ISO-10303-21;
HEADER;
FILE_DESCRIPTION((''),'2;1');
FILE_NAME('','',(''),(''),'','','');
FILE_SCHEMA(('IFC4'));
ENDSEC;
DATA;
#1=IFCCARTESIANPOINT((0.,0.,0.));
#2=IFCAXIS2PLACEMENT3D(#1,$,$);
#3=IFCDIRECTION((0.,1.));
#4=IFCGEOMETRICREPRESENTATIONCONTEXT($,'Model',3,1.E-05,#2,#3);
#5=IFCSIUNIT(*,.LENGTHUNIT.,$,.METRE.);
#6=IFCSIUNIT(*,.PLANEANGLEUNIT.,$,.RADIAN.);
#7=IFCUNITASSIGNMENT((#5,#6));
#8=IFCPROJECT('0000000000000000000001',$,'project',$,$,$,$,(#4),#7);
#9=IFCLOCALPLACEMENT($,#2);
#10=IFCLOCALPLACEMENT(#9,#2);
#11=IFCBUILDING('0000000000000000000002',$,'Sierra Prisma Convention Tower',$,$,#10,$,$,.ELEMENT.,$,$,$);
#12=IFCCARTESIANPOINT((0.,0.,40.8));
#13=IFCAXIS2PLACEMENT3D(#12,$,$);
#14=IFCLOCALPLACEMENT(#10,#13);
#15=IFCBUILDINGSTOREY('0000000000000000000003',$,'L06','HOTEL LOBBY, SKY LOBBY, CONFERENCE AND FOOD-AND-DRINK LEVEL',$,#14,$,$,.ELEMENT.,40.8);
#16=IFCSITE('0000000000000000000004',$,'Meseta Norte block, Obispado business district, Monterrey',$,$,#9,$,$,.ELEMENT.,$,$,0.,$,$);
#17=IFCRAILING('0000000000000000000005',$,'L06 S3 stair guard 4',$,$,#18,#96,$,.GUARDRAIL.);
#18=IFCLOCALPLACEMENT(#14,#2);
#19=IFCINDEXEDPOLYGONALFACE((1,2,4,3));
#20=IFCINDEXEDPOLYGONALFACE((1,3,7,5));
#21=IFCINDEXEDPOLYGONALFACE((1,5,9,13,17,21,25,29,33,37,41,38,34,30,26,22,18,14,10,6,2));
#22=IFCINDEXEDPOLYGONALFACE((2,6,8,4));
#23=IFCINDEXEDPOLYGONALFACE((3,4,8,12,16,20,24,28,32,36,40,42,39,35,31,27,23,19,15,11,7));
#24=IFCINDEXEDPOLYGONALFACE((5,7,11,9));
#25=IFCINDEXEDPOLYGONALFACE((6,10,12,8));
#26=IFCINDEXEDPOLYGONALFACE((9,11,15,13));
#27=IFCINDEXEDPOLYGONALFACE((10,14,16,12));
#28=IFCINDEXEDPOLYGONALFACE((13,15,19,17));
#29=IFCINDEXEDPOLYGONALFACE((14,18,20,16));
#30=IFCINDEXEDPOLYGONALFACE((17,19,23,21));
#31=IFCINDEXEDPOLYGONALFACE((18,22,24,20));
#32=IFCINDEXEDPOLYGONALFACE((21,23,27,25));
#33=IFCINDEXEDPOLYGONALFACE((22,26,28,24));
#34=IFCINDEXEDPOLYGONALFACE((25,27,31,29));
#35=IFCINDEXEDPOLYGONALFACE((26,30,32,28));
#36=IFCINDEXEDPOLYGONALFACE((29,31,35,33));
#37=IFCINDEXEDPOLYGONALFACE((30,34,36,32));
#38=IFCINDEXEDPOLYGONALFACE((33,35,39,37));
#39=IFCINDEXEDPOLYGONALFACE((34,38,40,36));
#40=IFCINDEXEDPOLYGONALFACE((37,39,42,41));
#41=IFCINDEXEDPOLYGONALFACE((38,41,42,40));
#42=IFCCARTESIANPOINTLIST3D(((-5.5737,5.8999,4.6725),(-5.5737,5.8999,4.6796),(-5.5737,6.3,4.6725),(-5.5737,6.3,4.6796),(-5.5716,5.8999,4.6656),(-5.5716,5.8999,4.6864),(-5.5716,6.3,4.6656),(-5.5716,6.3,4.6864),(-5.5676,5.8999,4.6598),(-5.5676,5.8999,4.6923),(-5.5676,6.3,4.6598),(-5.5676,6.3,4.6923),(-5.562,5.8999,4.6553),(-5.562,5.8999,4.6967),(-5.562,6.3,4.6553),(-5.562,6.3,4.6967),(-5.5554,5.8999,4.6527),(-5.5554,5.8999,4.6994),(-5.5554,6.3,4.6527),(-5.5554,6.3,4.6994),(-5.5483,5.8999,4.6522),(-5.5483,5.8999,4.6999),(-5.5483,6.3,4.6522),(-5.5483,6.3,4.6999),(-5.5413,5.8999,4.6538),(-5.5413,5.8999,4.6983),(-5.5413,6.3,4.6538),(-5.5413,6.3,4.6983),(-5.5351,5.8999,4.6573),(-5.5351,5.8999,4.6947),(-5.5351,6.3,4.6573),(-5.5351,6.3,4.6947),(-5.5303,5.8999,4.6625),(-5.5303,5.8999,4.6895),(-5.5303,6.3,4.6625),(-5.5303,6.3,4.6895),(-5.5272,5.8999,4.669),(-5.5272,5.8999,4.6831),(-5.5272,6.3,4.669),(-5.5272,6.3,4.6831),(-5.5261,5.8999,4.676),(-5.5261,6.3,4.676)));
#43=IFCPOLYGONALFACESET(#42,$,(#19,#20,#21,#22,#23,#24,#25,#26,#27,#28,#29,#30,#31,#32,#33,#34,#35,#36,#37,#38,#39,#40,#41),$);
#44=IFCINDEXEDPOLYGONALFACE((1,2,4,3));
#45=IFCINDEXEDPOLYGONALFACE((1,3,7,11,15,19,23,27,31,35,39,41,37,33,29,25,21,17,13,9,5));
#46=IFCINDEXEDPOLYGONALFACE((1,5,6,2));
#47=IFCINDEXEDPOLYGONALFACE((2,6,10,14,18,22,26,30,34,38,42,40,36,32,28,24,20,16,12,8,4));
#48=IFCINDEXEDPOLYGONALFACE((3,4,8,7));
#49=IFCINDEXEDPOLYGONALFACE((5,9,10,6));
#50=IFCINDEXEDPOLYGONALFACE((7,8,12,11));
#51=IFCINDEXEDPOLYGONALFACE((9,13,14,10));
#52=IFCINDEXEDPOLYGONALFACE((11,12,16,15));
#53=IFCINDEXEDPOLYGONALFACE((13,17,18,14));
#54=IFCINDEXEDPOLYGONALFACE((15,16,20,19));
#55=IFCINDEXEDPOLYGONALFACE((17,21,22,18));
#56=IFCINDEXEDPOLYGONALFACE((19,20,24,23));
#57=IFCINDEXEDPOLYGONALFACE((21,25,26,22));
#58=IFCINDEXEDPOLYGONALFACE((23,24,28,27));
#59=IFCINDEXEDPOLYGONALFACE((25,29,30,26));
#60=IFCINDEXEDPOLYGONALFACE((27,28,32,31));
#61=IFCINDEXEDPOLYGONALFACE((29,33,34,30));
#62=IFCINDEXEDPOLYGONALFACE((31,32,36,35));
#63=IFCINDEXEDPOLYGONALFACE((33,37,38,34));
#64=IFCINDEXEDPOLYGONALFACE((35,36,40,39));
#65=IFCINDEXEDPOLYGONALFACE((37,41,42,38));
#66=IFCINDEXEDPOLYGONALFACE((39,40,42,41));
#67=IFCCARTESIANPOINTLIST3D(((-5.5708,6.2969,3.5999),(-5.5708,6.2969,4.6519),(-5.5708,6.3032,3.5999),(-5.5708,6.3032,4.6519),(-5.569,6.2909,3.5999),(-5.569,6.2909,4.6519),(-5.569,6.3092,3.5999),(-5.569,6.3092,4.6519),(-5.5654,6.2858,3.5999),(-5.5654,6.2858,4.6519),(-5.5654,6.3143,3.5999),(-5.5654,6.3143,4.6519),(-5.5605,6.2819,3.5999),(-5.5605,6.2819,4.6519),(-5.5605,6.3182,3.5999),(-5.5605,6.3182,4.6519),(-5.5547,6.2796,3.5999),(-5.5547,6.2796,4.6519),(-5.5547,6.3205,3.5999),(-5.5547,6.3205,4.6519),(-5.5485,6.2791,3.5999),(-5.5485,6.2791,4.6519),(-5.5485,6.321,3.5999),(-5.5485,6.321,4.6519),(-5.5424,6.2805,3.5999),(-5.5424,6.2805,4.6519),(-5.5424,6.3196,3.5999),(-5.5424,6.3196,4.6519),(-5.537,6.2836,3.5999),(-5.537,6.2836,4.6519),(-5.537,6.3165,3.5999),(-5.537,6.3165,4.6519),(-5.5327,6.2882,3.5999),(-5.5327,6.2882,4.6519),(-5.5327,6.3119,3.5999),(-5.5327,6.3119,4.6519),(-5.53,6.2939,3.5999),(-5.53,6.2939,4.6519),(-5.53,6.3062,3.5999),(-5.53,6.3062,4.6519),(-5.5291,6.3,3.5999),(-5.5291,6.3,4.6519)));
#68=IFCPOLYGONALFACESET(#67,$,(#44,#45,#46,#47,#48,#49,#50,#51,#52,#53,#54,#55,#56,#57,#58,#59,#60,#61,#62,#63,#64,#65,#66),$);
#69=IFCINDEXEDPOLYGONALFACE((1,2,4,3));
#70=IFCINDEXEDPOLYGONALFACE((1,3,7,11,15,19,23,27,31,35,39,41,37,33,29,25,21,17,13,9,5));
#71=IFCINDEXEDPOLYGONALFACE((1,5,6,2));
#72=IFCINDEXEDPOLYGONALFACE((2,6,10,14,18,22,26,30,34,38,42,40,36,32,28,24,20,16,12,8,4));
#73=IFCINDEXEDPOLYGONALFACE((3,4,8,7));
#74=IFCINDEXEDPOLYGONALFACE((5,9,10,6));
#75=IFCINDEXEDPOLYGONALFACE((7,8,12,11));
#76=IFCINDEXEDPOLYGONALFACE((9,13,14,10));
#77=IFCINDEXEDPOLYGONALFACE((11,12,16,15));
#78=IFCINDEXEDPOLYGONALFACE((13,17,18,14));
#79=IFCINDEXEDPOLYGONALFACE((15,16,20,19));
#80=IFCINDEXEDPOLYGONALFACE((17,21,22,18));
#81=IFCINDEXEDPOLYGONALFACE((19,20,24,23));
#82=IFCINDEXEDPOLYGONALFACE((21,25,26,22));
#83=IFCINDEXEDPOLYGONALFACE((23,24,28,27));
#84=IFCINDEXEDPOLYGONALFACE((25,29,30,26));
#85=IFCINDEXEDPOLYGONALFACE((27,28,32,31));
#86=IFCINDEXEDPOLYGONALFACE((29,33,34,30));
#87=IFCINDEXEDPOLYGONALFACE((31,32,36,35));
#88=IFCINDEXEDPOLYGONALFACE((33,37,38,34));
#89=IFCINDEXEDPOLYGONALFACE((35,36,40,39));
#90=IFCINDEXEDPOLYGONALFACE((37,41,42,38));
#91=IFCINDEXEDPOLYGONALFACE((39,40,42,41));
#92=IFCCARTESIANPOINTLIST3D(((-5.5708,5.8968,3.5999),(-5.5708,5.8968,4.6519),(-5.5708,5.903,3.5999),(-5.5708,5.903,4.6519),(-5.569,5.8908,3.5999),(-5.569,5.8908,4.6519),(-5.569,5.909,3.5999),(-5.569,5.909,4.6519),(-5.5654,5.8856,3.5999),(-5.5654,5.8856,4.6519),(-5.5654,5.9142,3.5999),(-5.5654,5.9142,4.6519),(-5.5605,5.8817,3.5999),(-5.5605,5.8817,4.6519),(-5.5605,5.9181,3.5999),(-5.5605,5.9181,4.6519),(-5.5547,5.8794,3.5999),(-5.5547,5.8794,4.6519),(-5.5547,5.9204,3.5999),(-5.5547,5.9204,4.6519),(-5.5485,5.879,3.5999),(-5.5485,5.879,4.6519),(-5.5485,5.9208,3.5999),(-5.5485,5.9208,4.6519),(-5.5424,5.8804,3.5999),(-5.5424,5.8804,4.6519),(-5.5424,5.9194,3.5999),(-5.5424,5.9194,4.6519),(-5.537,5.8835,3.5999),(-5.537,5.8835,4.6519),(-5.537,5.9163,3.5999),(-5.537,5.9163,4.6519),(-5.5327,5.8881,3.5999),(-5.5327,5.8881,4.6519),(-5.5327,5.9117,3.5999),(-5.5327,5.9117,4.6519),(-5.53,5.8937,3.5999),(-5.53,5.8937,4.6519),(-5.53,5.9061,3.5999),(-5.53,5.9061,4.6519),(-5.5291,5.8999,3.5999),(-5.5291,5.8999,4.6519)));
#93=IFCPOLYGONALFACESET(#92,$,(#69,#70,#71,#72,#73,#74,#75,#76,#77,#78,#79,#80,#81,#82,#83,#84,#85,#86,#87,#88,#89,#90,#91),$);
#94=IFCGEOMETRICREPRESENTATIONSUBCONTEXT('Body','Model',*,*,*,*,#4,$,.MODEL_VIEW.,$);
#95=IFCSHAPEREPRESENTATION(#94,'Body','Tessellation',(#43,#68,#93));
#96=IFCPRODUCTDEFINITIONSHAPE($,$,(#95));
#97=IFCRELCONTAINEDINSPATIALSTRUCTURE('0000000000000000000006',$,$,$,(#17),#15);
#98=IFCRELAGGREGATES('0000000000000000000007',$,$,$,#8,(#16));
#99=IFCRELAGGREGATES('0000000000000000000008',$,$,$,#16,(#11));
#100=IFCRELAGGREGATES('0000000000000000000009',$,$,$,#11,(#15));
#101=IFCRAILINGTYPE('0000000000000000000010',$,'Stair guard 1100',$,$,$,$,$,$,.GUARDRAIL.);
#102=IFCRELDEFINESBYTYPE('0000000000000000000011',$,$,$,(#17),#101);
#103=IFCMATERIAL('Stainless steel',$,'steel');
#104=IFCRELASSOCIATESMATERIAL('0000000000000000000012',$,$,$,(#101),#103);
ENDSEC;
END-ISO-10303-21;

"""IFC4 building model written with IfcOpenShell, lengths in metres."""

from ifc_helpers import new_model, si_unit, direction, frame, origin, origin_2d, place, context, subcontext, project, spatial, circle, extrude, material, type_object, element, save


model = new_model("IFC4")

# Units and contexts
model_context = context("Model", 3, precision=1e-05, world=origin(), true_north=direction((0.0, 1.0)))
body_context = subcontext(model_context, "Body", "Model", "MODEL_VIEW")
ifc_project = project(units=[si_unit("LENGTHUNIT", "METRE"), si_unit("PLANEANGLEUNIT", "RADIAN")], contexts=[model_context])

# Site, building, storey
site_placement = place(None, origin())
site = spatial("IfcSite", under=ifc_project, at=site_placement, Name="Meseta Norte block, Obispado business district, Monterrey", CompositionType="ELEMENT", RefElevation=0.0)
building_placement = place(site_placement, origin())
building = spatial("IfcBuilding", under=site, at=building_placement, Name="Sierra Prisma Convention Tower", CompositionType="ELEMENT")
storey_placement = place(building_placement, frame((0.0, 0.0, 40.8)))
storey = spatial("IfcBuildingStorey", under=building, at=storey_placement, Name="L06", Description="HOTEL LOBBY, SKY LOBBY, CONFERENCE AND FOOD-AND-DRINK LEVEL", CompositionType="ELEMENT", Elevation=40.8)

# Railing
ifc_material_1 = material(Name="Stainless steel", Category="steel")
railing_type_1 = type_object("IfcRailingType", Name="Stair guard 1100", PredefinedType="GUARDRAIL", material=ifc_material_1)
railing_1_placement = place(storey_placement, frame((-5.55, 6.3, 3.5999)))
element("IfcRailing", 1, at=railing_1_placement, inside=storey, type_object=railing_type_1, Name="L06 S3 stair guard 4", PredefinedType="GUARDRAIL", context=body_context, shape_type="SweptSolid", body=[
    extrude(circle(Radius=0.0239, at=origin_2d()), frame((0.0, 0.0, 1.0762), z_axis=(0.0, -1.0, 0.0), x_axis=(1.0, 0.0, 0.0)), (0.0, 0.0, 1.0), 0.4001),
    extrude(circle(Radius=0.021, at=origin_2d()), origin(), (0.0, 0.0, 1.0), 1.052),
    extrude(circle(Radius=0.021, at=origin_2d()), frame((0.0, -0.4001, 0.0)), (0.0, 0.0, 1.0), 1.052),
])

save(model, "model.ifc")
